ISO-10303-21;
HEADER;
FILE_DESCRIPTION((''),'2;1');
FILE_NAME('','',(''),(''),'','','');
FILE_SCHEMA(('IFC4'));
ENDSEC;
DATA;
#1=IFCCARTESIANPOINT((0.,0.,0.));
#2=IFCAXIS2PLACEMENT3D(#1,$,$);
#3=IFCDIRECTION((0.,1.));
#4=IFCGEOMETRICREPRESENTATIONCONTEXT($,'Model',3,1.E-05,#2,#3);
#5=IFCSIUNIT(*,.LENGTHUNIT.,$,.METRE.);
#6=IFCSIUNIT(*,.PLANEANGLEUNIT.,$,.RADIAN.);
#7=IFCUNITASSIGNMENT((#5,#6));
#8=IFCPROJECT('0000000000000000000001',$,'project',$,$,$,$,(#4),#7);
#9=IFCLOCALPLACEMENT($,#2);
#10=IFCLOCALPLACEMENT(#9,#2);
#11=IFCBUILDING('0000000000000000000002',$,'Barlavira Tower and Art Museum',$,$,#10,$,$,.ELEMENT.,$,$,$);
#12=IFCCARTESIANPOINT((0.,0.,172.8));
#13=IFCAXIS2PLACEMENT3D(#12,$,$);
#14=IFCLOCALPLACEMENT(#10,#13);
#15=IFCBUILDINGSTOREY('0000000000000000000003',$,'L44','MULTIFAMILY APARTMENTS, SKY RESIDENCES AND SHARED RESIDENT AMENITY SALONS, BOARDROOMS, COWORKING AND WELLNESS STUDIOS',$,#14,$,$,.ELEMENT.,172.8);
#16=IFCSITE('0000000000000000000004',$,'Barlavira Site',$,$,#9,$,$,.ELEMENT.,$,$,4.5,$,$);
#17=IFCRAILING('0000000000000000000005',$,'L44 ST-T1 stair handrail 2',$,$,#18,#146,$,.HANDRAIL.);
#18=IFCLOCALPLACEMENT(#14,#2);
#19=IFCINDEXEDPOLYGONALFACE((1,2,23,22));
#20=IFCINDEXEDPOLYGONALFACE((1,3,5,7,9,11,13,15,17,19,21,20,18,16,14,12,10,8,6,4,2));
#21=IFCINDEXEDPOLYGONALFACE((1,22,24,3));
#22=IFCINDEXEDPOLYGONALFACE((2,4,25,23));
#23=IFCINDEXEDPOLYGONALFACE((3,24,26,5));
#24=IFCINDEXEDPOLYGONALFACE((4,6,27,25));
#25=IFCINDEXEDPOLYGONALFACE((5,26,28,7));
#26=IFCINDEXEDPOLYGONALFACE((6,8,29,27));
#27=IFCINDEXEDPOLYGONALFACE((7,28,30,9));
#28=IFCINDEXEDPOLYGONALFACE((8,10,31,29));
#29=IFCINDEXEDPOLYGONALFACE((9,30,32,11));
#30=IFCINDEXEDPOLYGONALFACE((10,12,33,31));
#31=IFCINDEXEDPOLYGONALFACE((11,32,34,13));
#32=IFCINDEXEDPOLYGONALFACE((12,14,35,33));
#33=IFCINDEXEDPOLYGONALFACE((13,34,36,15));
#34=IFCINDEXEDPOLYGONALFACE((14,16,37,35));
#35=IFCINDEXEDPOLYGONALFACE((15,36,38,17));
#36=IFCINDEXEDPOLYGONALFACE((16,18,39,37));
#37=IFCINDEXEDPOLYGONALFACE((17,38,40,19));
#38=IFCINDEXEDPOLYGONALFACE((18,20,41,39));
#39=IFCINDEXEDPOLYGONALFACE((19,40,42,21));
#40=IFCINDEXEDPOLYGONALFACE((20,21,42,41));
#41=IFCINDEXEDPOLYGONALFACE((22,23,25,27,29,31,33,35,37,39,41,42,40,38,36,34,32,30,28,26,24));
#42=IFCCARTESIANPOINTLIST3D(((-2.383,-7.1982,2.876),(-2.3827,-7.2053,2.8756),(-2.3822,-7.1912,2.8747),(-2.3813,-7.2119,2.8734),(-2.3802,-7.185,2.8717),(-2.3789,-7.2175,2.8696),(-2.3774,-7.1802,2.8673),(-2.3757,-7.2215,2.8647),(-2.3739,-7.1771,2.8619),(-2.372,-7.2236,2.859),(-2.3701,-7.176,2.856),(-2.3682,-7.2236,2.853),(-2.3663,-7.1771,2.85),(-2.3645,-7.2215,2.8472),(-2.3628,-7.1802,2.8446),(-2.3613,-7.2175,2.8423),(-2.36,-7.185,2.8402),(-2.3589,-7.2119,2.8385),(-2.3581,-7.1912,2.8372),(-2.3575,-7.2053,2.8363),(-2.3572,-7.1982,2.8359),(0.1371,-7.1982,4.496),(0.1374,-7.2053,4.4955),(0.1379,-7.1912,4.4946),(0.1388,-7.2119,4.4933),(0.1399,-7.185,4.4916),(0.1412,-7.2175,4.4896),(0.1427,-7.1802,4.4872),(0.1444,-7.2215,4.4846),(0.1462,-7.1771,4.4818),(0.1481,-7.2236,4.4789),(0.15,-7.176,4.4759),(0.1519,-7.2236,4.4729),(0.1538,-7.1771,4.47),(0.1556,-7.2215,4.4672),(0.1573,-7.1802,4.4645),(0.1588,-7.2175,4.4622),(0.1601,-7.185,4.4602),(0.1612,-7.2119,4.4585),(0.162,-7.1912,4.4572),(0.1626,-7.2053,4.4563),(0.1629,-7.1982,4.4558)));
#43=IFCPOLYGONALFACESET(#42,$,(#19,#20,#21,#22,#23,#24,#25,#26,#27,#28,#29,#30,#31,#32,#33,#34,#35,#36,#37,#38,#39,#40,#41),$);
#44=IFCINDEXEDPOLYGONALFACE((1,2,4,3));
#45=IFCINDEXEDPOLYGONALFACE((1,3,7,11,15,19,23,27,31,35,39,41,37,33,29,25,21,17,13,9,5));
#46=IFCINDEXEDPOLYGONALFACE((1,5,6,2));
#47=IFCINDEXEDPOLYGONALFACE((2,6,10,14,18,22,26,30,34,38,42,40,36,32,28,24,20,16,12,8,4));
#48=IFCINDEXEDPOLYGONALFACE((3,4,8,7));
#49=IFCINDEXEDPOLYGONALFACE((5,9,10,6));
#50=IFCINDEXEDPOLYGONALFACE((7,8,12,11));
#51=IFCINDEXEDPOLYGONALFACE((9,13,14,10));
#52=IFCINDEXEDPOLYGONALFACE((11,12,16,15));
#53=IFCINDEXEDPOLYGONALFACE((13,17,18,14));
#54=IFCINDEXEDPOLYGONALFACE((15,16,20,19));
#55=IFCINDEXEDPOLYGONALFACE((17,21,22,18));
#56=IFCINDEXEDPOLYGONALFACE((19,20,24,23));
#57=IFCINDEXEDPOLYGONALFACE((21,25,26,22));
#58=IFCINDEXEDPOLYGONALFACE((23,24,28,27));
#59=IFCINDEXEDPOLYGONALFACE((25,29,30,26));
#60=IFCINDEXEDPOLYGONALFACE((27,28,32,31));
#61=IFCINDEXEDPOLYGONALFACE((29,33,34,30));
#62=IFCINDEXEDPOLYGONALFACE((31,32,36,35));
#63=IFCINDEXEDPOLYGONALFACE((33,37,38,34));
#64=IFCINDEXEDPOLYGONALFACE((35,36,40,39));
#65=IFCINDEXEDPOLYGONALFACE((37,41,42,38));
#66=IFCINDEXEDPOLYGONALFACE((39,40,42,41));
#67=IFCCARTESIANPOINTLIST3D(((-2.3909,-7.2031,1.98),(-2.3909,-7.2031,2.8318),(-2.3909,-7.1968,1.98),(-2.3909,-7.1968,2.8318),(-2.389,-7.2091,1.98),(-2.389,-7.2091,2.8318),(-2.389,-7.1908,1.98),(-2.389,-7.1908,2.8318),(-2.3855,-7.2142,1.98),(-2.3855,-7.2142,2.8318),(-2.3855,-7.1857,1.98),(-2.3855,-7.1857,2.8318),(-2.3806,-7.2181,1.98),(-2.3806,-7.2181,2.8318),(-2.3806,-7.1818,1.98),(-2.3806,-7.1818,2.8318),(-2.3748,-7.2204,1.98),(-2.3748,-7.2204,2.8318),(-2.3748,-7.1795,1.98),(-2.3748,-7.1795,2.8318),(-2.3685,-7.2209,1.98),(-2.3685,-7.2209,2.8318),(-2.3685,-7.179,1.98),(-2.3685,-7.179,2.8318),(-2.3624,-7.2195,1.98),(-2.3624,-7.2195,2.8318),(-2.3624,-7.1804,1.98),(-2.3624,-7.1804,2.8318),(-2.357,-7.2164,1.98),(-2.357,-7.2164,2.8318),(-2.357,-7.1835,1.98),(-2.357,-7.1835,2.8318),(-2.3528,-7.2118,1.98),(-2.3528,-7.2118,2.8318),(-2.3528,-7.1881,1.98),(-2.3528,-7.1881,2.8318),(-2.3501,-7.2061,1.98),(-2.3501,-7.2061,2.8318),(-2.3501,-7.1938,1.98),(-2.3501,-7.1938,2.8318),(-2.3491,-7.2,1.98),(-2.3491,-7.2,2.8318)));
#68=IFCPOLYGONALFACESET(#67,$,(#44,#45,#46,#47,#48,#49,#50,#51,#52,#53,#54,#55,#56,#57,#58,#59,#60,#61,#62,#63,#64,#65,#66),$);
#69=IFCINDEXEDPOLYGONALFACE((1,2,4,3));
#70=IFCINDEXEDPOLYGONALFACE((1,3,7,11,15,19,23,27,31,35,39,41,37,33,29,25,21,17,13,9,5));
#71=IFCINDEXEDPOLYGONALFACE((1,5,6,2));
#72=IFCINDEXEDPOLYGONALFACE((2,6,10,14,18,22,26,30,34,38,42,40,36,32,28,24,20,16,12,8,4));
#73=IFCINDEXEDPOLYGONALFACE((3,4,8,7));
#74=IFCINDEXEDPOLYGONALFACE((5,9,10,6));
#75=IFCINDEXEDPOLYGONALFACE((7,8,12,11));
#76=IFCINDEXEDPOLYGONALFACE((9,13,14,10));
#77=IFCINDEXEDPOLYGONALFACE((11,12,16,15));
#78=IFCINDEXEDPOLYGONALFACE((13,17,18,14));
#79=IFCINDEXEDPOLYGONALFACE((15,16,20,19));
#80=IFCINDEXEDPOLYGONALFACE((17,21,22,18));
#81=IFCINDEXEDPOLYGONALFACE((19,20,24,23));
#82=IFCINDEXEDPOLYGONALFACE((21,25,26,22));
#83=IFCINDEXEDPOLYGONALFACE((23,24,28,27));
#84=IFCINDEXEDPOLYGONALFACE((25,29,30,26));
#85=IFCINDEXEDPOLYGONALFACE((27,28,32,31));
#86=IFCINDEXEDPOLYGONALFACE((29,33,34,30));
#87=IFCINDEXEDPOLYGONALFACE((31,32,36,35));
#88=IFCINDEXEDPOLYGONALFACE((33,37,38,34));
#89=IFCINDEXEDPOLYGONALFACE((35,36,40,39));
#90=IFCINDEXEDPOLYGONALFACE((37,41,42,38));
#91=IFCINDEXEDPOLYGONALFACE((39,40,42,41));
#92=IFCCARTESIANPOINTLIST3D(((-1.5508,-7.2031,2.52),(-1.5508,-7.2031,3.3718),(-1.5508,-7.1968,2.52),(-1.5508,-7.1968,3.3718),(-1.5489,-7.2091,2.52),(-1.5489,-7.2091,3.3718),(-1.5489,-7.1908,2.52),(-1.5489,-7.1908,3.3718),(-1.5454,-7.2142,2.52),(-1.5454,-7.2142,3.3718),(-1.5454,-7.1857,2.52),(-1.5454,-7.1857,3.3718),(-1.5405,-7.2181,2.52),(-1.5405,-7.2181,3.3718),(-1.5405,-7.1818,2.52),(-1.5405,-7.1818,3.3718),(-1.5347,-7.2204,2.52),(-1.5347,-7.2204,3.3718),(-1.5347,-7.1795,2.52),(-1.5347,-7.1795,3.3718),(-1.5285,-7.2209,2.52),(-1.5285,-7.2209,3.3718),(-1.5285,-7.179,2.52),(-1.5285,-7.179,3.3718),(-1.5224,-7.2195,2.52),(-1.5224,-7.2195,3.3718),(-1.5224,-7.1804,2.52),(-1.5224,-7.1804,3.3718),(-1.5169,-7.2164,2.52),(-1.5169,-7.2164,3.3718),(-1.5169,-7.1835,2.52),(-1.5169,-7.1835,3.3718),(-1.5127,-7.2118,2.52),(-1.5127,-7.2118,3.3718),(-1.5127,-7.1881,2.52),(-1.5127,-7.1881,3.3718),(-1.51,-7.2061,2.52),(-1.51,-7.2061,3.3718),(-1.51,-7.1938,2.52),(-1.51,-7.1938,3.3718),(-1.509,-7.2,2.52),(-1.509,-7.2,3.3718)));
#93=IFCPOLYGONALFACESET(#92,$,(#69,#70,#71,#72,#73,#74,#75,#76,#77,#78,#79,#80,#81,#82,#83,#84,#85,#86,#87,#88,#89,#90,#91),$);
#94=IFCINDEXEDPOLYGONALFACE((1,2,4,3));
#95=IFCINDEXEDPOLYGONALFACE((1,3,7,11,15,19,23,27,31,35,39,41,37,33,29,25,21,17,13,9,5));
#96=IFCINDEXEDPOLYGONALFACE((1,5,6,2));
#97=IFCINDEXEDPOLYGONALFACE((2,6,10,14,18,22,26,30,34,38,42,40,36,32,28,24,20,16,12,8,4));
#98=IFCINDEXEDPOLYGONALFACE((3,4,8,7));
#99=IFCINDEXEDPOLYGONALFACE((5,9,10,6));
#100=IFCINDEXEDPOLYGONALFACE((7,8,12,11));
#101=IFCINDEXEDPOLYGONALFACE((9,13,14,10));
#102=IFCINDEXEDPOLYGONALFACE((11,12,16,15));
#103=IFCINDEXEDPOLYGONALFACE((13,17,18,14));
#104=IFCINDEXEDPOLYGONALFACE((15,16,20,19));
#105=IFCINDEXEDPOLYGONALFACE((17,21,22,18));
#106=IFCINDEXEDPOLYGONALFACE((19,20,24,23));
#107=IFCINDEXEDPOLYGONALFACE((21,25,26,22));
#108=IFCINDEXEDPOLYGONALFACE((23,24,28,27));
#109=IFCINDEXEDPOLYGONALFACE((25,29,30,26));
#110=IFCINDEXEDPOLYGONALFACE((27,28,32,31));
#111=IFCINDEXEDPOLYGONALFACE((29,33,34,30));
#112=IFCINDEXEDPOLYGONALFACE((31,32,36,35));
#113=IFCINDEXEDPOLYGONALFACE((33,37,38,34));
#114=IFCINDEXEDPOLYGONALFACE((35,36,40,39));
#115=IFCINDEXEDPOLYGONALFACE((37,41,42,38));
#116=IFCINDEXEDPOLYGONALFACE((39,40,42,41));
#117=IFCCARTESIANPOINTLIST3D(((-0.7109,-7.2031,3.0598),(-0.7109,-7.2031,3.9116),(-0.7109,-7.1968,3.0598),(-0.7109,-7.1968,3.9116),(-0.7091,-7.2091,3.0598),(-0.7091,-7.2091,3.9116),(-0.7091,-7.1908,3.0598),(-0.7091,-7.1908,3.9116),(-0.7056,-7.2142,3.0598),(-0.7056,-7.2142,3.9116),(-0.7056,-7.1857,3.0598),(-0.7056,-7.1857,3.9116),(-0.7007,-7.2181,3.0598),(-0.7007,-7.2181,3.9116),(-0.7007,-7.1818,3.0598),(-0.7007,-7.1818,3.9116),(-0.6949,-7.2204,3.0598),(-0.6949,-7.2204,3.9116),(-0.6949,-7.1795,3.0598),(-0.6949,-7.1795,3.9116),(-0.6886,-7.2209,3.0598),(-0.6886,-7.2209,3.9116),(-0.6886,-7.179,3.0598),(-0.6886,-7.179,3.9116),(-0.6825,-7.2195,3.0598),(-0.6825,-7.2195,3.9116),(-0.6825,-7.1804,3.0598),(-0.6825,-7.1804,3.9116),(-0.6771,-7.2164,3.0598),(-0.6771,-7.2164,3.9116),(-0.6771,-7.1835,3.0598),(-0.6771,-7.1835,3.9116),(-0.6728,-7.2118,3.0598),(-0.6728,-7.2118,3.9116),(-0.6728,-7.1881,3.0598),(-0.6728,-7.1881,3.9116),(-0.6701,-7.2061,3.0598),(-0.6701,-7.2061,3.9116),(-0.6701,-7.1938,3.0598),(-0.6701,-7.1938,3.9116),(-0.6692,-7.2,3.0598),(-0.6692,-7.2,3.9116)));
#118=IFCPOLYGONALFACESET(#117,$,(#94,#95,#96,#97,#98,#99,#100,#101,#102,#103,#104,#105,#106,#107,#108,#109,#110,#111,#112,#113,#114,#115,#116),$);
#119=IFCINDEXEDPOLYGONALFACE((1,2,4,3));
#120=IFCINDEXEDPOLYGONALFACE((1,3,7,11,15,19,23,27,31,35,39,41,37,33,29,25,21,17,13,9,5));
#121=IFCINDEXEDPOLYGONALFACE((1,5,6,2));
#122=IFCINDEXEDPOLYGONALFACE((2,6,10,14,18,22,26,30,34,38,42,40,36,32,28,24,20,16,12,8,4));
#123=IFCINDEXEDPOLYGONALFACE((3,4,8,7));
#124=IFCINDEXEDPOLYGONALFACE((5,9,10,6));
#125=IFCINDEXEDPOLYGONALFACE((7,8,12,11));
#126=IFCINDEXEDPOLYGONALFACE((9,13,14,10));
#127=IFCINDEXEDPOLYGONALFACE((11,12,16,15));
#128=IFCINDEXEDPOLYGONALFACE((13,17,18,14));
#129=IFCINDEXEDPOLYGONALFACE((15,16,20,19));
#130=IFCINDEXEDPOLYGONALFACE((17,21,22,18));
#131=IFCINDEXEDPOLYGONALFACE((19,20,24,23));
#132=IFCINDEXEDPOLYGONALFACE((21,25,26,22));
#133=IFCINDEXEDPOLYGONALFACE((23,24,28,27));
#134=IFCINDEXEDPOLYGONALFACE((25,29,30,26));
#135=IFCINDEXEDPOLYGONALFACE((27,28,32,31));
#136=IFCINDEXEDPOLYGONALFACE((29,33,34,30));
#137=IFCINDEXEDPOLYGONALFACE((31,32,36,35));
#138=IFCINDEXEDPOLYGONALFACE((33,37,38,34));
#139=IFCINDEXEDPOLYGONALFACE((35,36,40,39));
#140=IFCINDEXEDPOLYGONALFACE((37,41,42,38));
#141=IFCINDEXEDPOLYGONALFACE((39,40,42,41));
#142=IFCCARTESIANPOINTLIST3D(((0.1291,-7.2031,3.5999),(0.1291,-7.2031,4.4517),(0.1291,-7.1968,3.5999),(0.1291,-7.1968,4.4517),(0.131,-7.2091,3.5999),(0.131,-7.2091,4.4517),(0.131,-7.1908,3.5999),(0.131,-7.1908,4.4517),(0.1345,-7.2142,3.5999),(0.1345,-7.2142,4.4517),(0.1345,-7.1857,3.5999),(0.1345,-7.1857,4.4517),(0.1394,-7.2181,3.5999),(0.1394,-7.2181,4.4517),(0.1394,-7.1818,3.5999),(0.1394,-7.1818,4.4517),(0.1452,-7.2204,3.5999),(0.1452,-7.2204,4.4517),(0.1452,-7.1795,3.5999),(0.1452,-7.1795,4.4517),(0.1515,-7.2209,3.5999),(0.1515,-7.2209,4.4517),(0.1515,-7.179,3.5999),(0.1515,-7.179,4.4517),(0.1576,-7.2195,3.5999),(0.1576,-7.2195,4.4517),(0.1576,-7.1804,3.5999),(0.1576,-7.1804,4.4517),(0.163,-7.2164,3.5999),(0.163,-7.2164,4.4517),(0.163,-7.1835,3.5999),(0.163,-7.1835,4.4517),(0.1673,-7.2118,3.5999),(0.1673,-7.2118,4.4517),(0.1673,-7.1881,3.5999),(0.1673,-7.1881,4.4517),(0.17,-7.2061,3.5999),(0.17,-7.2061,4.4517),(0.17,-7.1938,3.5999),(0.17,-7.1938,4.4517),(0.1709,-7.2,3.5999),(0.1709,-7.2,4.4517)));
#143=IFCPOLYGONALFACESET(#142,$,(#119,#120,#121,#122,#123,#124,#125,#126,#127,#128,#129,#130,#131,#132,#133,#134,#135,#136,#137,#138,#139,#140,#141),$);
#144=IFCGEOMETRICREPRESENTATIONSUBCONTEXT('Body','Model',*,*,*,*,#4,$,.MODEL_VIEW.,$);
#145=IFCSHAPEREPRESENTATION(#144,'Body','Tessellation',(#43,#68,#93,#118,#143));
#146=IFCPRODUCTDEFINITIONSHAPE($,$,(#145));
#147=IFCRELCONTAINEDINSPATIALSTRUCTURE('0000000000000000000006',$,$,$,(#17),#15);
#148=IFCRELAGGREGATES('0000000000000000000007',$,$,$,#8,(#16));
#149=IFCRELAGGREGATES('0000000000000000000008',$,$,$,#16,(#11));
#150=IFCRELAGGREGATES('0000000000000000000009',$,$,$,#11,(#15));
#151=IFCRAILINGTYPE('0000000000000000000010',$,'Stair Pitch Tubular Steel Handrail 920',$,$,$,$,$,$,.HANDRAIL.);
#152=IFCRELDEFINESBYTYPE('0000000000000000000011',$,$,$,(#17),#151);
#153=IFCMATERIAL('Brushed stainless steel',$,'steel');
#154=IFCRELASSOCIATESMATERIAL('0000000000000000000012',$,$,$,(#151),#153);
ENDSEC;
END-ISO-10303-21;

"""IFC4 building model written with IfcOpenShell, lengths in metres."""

from ifc_helpers import new_model, si_unit, direction, frame, origin, origin_2d, place, context, subcontext, project, spatial, circle, extrude, material, type_object, element, save


model = new_model("IFC4")

# Units and contexts
model_context = context("Model", 3, precision=1e-05, world=origin(), true_north=direction((0.0, 1.0)))
body_context = subcontext(model_context, "Body", "Model", "MODEL_VIEW")
ifc_project = project(units=[si_unit("LENGTHUNIT", "METRE"), si_unit("PLANEANGLEUNIT", "RADIAN")], contexts=[model_context])

# Site, building, storey
site_placement = place(None, origin())
site = spatial("IfcSite", under=ifc_project, at=site_placement, Name="Barlavira Site", CompositionType="ELEMENT", RefElevation=4.5)
building_placement = place(site_placement, origin())
building = spatial("IfcBuilding", under=site, at=building_placement, Name="Barlavira Tower and Art Museum", CompositionType="ELEMENT")
storey_placement = place(building_placement, frame((0.0, 0.0, 172.8)))
storey = spatial("IfcBuildingStorey", under=building, at=storey_placement, Name="L44", Description="MULTIFAMILY APARTMENTS, SKY RESIDENCES AND SHARED RESIDENT AMENITY SALONS, BOARDROOMS, COWORKING AND WELLNESS STUDIOS", CompositionType="ELEMENT", Elevation=172.8)

# Shared definitions
ifc_material_1 = material(Name="Brushed stainless steel", Category="steel")

# Railing
railing_type_1 = type_object("IfcRailingType", Name="Stair Pitch Tubular Steel Handrail 920", PredefinedType="HANDRAIL", material=ifc_material_1)
railing_1_placement = place(storey_placement, frame((-2.3701, -7.2, 1.98)))
element("IfcRailing", 1, at=railing_1_placement, inside=storey, type_object=railing_type_1, Name="L44 ST-T1 stair handrail 2", PredefinedType="HANDRAIL", context=body_context, shape_type="SweptSolid", body=[
    extrude(circle(Radius=0.0239, at=origin_2d()), frame((0.0, 0.0, 0.876), z_axis=(0.8412, 0.0, 0.540725), x_axis=(0.0, 1.0, 0.0)), (0.0, 0.0, 1.0), 2.9958),
    extrude(circle(Radius=0.021, at=origin_2d()), origin(), (0.0, 0.0, 1.0), 0.8518),
    extrude(circle(Radius=0.021, at=origin_2d()), frame((0.8401, 0.0, 0.54)), (0.0, 0.0, 1.0), 0.8518),
    extrude(circle(Radius=0.021, at=origin_2d()), frame((1.6799, 0.0, 1.0798)), (0.0, 0.0, 1.0), 0.8518),
    extrude(circle(Radius=0.021, at=origin_2d()), frame((2.52, 0.0, 1.6199)), (0.0, 0.0, 1.0), 0.8518),
])

save(model, "model.ifc")
